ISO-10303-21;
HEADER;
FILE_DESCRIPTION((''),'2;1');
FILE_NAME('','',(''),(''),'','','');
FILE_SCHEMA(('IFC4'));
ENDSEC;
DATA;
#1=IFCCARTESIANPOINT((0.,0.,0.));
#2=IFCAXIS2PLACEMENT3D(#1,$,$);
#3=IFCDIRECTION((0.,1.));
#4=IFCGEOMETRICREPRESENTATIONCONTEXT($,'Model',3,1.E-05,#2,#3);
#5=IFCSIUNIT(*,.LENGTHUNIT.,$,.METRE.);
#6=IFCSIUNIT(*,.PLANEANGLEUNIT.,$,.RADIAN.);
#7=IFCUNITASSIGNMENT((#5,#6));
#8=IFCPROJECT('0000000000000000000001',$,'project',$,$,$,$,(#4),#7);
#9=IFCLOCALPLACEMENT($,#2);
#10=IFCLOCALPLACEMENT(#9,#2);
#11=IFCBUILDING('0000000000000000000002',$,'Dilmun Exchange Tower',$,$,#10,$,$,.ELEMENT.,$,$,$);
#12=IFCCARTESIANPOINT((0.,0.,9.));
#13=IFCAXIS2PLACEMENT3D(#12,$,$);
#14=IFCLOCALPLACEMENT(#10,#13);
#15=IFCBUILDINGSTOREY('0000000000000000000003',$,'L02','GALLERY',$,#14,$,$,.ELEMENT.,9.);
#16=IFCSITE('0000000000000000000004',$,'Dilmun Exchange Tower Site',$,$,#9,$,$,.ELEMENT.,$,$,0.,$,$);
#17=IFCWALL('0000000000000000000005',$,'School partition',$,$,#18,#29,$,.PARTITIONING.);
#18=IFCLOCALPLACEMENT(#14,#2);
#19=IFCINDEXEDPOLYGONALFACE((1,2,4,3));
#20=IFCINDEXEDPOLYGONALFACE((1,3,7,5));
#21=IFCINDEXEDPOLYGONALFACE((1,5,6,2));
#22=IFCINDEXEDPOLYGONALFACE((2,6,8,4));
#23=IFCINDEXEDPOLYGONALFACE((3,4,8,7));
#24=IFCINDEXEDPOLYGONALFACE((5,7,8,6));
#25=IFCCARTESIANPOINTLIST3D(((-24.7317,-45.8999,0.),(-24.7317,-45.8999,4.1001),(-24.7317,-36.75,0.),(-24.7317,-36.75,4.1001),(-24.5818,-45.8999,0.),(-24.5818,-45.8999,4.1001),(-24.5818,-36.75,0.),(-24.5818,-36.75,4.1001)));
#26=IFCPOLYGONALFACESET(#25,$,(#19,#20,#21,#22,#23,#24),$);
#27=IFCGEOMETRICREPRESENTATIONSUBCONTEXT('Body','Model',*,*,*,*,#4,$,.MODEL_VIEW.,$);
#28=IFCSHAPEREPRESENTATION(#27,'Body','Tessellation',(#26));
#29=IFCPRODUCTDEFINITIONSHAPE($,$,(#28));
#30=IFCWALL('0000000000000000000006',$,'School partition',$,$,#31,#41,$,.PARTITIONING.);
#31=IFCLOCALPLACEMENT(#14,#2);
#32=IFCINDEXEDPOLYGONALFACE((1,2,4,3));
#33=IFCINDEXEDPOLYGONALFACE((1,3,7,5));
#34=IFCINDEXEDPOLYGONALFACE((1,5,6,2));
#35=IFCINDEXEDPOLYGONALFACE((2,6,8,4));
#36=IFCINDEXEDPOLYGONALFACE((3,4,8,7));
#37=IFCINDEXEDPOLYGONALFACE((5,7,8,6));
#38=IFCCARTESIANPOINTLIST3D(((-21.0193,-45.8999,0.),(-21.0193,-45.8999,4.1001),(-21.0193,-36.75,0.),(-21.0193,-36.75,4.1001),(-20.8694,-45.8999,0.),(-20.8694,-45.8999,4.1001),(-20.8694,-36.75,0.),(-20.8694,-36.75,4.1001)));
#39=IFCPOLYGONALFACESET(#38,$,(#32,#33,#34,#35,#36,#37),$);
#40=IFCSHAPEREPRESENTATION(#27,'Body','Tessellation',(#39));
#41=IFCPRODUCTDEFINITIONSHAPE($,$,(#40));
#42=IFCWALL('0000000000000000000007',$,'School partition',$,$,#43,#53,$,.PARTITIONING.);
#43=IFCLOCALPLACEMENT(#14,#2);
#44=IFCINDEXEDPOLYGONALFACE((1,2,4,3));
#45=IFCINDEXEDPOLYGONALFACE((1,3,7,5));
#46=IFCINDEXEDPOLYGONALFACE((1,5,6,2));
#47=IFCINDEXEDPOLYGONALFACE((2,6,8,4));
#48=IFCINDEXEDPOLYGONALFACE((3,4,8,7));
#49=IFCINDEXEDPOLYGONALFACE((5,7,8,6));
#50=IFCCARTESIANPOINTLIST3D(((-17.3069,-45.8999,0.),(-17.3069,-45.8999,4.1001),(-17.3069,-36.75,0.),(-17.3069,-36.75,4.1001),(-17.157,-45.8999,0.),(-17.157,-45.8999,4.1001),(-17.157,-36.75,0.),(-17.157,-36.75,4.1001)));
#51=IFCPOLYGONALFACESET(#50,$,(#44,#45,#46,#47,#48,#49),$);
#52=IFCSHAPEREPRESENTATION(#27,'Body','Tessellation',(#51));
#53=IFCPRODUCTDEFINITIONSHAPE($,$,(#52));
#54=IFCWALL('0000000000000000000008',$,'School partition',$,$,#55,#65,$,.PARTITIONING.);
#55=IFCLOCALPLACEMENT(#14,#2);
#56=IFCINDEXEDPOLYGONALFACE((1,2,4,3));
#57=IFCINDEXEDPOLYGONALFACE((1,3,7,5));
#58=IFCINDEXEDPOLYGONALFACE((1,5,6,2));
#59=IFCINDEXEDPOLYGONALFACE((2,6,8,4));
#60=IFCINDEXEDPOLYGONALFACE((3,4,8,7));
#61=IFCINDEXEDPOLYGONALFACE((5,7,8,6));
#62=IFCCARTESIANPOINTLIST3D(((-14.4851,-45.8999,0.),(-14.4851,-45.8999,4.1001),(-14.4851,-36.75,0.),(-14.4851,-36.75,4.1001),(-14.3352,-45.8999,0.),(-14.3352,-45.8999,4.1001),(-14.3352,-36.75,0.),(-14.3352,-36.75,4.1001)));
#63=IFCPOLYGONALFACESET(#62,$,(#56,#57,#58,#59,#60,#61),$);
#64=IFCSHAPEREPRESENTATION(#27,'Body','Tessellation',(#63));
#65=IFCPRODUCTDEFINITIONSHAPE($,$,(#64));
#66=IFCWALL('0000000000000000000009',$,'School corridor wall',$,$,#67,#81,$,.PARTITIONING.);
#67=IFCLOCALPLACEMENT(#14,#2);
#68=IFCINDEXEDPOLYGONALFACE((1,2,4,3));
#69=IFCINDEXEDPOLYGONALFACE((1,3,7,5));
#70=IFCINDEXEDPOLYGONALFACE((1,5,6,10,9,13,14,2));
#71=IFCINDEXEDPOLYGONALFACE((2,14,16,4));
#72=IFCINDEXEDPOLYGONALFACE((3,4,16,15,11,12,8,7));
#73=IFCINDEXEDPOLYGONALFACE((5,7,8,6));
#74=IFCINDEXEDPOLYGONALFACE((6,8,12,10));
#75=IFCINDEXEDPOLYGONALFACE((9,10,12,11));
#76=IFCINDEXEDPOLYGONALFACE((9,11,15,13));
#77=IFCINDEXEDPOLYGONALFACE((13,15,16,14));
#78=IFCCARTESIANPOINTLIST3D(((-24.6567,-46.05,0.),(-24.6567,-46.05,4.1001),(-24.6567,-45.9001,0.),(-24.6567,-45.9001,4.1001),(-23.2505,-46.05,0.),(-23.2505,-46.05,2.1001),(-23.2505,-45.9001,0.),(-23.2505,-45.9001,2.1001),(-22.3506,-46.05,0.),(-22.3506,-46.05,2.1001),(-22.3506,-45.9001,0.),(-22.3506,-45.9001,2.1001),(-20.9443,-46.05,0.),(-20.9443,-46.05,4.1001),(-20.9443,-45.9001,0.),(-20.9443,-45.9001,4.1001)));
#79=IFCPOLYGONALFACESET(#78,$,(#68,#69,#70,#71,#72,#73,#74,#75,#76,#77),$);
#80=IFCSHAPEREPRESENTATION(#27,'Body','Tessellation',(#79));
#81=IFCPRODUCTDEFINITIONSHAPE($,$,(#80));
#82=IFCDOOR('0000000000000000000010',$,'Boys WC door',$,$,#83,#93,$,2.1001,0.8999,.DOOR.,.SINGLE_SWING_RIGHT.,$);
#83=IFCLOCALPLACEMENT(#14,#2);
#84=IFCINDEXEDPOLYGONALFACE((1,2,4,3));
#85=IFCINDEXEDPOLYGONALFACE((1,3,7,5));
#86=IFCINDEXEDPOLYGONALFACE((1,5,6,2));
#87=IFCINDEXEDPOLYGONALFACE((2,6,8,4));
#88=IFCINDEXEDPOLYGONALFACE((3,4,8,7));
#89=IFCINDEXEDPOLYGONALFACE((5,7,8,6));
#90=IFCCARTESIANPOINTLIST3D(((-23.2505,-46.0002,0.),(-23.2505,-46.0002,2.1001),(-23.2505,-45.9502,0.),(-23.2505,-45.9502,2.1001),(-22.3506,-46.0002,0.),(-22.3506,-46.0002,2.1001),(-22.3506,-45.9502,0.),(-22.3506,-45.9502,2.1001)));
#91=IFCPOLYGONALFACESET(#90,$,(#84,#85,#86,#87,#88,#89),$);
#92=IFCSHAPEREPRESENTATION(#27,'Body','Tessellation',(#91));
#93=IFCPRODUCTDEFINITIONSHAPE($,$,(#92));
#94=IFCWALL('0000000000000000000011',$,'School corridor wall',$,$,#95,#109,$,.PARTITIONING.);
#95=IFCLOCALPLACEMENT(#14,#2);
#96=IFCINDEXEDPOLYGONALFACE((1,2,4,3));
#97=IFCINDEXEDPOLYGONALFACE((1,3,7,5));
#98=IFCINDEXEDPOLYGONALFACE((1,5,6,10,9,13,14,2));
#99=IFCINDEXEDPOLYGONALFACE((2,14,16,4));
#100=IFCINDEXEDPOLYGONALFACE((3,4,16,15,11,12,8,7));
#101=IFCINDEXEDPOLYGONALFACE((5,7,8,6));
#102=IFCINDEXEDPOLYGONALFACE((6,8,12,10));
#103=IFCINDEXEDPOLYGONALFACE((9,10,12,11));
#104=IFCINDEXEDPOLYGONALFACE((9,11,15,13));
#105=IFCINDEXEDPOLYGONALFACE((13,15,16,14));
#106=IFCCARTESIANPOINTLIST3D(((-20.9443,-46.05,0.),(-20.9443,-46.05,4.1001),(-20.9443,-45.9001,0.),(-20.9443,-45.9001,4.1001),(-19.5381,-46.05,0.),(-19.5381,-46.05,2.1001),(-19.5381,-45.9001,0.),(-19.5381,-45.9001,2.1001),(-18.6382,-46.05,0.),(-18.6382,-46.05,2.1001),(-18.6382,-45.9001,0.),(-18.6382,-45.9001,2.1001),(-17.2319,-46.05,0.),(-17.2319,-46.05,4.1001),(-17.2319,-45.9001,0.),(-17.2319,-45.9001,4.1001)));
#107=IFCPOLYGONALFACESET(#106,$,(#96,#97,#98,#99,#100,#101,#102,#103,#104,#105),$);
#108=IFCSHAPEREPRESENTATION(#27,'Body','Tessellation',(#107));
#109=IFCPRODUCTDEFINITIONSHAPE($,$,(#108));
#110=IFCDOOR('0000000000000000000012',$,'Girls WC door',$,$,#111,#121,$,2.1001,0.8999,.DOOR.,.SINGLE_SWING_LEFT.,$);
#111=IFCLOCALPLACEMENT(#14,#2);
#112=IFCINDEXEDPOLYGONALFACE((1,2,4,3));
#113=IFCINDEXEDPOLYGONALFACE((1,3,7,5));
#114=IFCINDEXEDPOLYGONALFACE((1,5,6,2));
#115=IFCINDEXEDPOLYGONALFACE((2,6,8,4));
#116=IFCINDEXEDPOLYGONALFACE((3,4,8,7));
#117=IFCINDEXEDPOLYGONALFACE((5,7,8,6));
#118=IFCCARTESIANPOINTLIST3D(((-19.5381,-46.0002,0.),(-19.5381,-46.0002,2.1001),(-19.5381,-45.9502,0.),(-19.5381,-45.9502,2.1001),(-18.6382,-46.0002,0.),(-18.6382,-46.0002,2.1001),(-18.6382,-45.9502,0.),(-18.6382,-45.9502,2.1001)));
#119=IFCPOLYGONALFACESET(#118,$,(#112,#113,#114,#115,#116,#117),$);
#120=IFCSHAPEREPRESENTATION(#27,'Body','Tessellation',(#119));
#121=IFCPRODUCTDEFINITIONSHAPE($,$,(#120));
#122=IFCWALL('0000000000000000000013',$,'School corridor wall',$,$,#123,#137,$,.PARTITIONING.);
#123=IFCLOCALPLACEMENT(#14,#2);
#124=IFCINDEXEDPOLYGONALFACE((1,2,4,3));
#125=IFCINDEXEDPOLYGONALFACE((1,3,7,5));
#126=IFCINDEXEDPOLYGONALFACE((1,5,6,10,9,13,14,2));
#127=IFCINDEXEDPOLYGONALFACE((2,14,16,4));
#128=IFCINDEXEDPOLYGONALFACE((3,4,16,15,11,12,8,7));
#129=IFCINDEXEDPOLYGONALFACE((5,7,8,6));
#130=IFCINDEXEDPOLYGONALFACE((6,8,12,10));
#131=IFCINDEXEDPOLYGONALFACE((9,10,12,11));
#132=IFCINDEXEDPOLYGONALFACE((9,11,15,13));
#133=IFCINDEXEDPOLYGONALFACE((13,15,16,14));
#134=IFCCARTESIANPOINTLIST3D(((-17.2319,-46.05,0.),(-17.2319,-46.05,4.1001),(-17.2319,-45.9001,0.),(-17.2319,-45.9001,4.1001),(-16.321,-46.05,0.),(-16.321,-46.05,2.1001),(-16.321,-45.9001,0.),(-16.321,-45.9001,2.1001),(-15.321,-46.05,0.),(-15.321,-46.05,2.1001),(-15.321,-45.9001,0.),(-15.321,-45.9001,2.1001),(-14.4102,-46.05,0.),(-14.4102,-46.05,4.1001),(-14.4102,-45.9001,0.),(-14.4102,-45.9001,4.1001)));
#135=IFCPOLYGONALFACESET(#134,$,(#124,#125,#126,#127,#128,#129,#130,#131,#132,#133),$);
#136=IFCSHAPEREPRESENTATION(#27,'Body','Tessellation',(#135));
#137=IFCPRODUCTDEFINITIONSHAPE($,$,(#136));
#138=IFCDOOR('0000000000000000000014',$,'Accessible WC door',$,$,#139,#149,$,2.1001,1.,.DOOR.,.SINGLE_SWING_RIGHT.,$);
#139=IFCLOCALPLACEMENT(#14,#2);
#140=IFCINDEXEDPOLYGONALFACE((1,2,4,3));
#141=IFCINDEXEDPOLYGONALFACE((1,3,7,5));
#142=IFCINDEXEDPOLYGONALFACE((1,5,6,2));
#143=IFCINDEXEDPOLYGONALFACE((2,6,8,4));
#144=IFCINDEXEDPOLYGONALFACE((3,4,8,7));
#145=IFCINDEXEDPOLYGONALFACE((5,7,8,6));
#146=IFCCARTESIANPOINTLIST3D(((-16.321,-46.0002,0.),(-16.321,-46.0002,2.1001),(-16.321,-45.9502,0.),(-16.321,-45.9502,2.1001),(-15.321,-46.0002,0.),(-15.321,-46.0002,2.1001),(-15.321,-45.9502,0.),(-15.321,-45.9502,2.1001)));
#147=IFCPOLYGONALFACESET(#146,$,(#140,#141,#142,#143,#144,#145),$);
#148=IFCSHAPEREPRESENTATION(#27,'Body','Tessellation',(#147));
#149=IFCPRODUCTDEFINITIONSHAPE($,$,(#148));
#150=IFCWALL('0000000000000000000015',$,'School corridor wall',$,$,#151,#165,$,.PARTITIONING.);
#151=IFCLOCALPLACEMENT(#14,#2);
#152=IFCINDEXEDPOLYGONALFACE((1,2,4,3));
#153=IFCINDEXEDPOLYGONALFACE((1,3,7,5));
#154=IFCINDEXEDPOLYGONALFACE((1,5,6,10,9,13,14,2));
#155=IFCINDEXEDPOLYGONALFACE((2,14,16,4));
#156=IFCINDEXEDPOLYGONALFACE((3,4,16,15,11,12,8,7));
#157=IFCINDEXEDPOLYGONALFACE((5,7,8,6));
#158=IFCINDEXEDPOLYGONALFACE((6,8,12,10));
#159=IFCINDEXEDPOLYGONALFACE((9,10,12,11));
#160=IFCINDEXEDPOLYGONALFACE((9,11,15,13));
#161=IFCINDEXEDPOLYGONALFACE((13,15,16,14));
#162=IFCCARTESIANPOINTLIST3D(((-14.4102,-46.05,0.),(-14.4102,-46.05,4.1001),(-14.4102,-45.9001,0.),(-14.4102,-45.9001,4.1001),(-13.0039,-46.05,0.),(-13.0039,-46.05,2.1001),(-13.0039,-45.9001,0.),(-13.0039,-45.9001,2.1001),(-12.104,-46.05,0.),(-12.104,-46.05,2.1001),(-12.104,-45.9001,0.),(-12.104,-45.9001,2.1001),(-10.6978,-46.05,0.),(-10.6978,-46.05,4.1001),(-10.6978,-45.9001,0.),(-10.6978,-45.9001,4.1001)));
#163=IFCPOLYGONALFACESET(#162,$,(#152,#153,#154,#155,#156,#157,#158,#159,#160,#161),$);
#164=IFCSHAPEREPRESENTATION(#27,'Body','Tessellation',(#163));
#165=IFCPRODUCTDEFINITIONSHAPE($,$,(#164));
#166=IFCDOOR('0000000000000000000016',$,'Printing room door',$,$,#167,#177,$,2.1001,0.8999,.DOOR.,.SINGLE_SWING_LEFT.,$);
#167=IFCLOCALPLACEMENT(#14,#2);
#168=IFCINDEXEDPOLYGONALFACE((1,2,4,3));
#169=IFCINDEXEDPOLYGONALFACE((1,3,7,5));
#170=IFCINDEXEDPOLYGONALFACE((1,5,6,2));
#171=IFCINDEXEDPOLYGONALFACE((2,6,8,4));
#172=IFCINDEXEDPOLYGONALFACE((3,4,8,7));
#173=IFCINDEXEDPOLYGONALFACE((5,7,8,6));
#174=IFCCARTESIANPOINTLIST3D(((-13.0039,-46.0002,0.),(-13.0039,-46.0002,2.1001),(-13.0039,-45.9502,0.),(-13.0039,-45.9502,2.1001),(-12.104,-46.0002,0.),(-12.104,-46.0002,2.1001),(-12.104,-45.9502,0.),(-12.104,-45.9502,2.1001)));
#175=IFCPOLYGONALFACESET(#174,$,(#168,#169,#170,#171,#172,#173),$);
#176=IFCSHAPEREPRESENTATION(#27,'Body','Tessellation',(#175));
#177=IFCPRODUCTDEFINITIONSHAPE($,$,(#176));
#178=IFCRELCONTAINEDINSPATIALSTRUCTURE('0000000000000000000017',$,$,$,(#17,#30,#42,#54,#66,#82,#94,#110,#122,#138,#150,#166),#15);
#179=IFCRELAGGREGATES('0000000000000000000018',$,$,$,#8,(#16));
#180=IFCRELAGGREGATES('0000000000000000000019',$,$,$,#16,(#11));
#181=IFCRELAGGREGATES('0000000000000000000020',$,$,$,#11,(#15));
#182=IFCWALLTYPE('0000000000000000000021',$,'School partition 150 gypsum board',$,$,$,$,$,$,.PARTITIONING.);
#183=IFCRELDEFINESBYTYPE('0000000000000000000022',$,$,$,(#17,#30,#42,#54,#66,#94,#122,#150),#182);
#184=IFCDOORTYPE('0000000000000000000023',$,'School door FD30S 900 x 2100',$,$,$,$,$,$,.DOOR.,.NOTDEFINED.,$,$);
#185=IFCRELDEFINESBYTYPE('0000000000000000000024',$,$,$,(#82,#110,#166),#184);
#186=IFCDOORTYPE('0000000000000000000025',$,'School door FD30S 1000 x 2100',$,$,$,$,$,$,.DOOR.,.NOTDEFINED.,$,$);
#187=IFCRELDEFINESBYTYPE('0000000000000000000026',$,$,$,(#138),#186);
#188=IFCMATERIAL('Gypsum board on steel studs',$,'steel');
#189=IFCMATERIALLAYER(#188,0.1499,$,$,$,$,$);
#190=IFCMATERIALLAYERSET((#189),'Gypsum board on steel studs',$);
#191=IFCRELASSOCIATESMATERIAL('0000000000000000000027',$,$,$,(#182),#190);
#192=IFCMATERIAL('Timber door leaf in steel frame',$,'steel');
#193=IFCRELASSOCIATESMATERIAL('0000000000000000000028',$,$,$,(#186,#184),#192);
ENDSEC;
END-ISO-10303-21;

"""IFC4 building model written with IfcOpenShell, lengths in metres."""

from ifc_helpers import new_model, si_unit, direction, frame, frame_2d, origin, place, context, subcontext, project, spatial, rectangle, extrude, material, layer, layer_set, type_object, element, fill, save


model = new_model("IFC4")

# Units and contexts
model_context = context("Model", 3, precision=1e-05, world=origin(), true_north=direction((0.0, 1.0)))
body_context = subcontext(model_context, "Body", "Model", "MODEL_VIEW")
ifc_project = project(units=[si_unit("LENGTHUNIT", "METRE"), si_unit("PLANEANGLEUNIT", "RADIAN")], contexts=[model_context])

# Site, building, storey
site_placement = place(None, origin())
site = spatial("IfcSite", under=ifc_project, at=site_placement, Name="Dilmun Exchange Tower Site", CompositionType="ELEMENT", RefElevation=0.0)
building_placement = place(site_placement, origin())
building = spatial("IfcBuilding", under=site, at=building_placement, Name="Dilmun Exchange Tower", CompositionType="ELEMENT")
storey_placement = place(building_placement, frame((0.0, 0.0, 9.0)))
storey = spatial("IfcBuildingStorey", under=building, at=storey_placement, Name="L02", Description="GALLERY", CompositionType="ELEMENT", Elevation=9.0)

# Shared definitions
ifc_material_1 = material(Name="Gypsum board on steel studs", Category="steel")
ifc_layer_1 = layer(ifc_material_1, 0.1499)
ifc_layer_set_1 = layer_set([ifc_layer_1], Name="Gypsum board on steel studs")
wall_type_1 = type_object("IfcWallType", Name="School partition 150 gypsum board", PredefinedType="PARTITIONING", material=ifc_layer_set_1)

# Shared definitions
ifc_material_2 = material(Name="Timber door leaf in steel frame", Category="steel")
door_type_1 = type_object("IfcDoorType", Name="School door FD30S 1000 x 2100", OperationType="NOTDEFINED", PredefinedType="DOOR", material=ifc_material_2)

# Walls
for number, where, z_axis, x_axis, name in (
    (1, (-24.6567, -45.8999, 0.0), (0.0, 0.0, 1.0), (0.0, 1.0, 0.0), "School partition"),
    (2, (-20.9443, -45.8999, 0.0), (0.0, 0.0, 1.0), (0.0, 1.0, 0.0), "School partition"),
    (3, (-17.2319, -45.8999, 0.0), (0.0, 0.0, 1.0), (0.0, 1.0, 0.0), "School partition"),
    (4, (-14.4102, -45.8999, 0.0), (0.0, 0.0, 1.0), (0.0, 1.0, 0.0), "School partition"),
):
    element("IfcWall", number, at=place(storey_placement, frame(where, z_axis=z_axis, x_axis=x_axis)), inside=storey, type_object=wall_type_1, Name=name, PredefinedType="PARTITIONING", context=body_context, shape_type="SweptSolid", body=[
        extrude(rectangle(XDim=9.1499, YDim=0.1499, at=frame_2d((4.575, 0.0))), origin(), (0.0, 0.0, 1.0), 4.1001),
    ])

# Walls, openings, doors
wall_1_placement = place(storey_placement, frame((-24.6567, -45.9751, 0.0), z_axis=(0.0, 0.0, 1.0), x_axis=(1.0, 0.0, 0.0)))
wall_1 = element("IfcWall", 5, at=wall_1_placement, inside=storey, type_object=wall_type_1, Name="School corridor wall", PredefinedType="PARTITIONING", context=body_context, shape_type="SweptSolid", body=[
    extrude(rectangle(XDim=3.7124, YDim=0.1499, at=frame_2d((1.8562, 0.0))), origin(), (0.0, 0.0, 1.0), 4.1001),
])
opening_1_placement = place(wall_1_placement, frame((1.4062, 0.0, 0.0)))
opening_1 = element("IfcOpeningElement", 6, at=opening_1_placement, cuts=wall_1, PredefinedType="OPENING", context=body_context, shape_type="SweptSolid", body=[
    extrude(rectangle(XDim=0.8999, YDim=2.1001, at=frame_2d((0.45, 1.05))), frame((0.0, 0.085, 0.0), z_axis=(0.0, -1.0, 0.0), x_axis=(1.0, 0.0, 0.0)), (0.0, 0.0, 1.0), 0.1699),
])
door_type_2 = type_object("IfcDoorType", Name="School door FD30S 900 x 2100", OperationType="NOTDEFINED", PredefinedType="DOOR", material=ifc_material_2)
door_1_placement = place(opening_1_placement, origin())
door_1 = element("IfcDoor", 7, at=door_1_placement, inside=storey, type_object=door_type_2, Name="Boys WC door", OperationType="SINGLE_SWING_RIGHT", OverallHeight=2.1001, OverallWidth=0.8999, PredefinedType="DOOR", context=body_context, shape_type="SweptSolid", body=[
    extrude(rectangle(XDim=0.8999, YDim=2.1001, at=frame_2d((0.45, 1.05))), frame((0.0, 0.0249, 0.0), z_axis=(0.0, -1.0, 0.0), x_axis=(1.0, 0.0, 0.0)), (0.0, 0.0, 1.0), 0.05),
])
fill(opening_1, door_1)
wall_2_placement = place(storey_placement, frame((-20.9443, -45.9751, 0.0), z_axis=(0.0, 0.0, 1.0), x_axis=(1.0, 0.0, 0.0)))
wall_2 = element("IfcWall", 8, at=wall_2_placement, inside=storey, type_object=wall_type_1, Name="School corridor wall", PredefinedType="PARTITIONING", context=body_context, shape_type="SweptSolid", body=[
    extrude(rectangle(XDim=3.7124, YDim=0.1499, at=frame_2d((1.8562, 0.0))), origin(), (0.0, 0.0, 1.0), 4.1001),
])
opening_2_placement = place(wall_2_placement, frame((1.4062, 0.0, 0.0)))
opening_2 = element("IfcOpeningElement", 9, at=opening_2_placement, cuts=wall_2, PredefinedType="OPENING", context=body_context, shape_type="SweptSolid", body=[
    extrude(rectangle(XDim=0.8999, YDim=2.1001, at=frame_2d((0.45, 1.05))), frame((0.0, 0.085, 0.0), z_axis=(0.0, -1.0, 0.0), x_axis=(1.0, 0.0, 0.0)), (0.0, 0.0, 1.0), 0.1699),
])
door_2_placement = place(opening_2_placement, origin())
door_2 = element("IfcDoor", 10, at=door_2_placement, inside=storey, type_object=door_type_2, Name="Girls WC door", OperationType="SINGLE_SWING_LEFT", OverallHeight=2.1001, OverallWidth=0.8999, PredefinedType="DOOR", context=body_context, shape_type="SweptSolid", body=[
    extrude(rectangle(XDim=0.8999, YDim=2.1001, at=frame_2d((0.45, 1.05))), frame((0.0, 0.0249, 0.0), z_axis=(0.0, -1.0, 0.0), x_axis=(1.0, 0.0, 0.0)), (0.0, 0.0, 1.0), 0.05),
])
fill(opening_2, door_2)
wall_3_placement = place(storey_placement, frame((-17.2319, -45.9751, 0.0), z_axis=(0.0, 0.0, 1.0), x_axis=(1.0, 0.0, 0.0)))
wall_3 = element("IfcWall", 11, at=wall_3_placement, inside=storey, type_object=wall_type_1, Name="School corridor wall", PredefinedType="PARTITIONING", context=body_context, shape_type="SweptSolid", body=[
    extrude(rectangle(XDim=2.8218, YDim=0.1499, at=frame_2d((1.4109, 0.0))), origin(), (0.0, 0.0, 1.0), 4.1001),
])
opening_3_placement = place(wall_3_placement, frame((0.9109, 0.0, 0.0)))
opening_3 = element("IfcOpeningElement", 12, at=opening_3_placement, cuts=wall_3, PredefinedType="OPENING", context=body_context, shape_type="SweptSolid", body=[
    extrude(rectangle(XDim=1.0, YDim=2.1001, at=frame_2d((0.5, 1.05))), frame((0.0, 0.085, 0.0), z_axis=(0.0, -1.0, 0.0), x_axis=(1.0, 0.0, 0.0)), (0.0, 0.0, 1.0), 0.1699),
])
door_3_placement = place(opening_3_placement, origin())
door_3 = element("IfcDoor", 13, at=door_3_placement, inside=storey, type_object=door_type_1, Name="Accessible WC door", OperationType="SINGLE_SWING_RIGHT", OverallHeight=2.1001, OverallWidth=1.0, PredefinedType="DOOR", context=body_context, shape_type="SweptSolid", body=[
    extrude(rectangle(XDim=1.0, YDim=2.1001, at=frame_2d((0.5, 1.05))), frame((0.0, 0.0249, 0.0), z_axis=(0.0, -1.0, 0.0), x_axis=(1.0, 0.0, 0.0)), (0.0, 0.0, 1.0), 0.05),
])
fill(opening_3, door_3)
wall_4_placement = place(storey_placement, frame((-14.4102, -45.9751, 0.0), z_axis=(0.0, 0.0, 1.0), x_axis=(1.0, 0.0, 0.0)))
wall_4 = element("IfcWall", 14, at=wall_4_placement, inside=storey, type_object=wall_type_1, Name="School corridor wall", PredefinedType="PARTITIONING", context=body_context, shape_type="SweptSolid", body=[
    extrude(rectangle(XDim=3.7124, YDim=0.1499, at=frame_2d((1.8562, 0.0))), origin(), (0.0, 0.0, 1.0), 4.1001),
])
opening_4_placement = place(wall_4_placement, frame((1.4062, 0.0, 0.0)))
opening_4 = element("IfcOpeningElement", 15, at=opening_4_placement, cuts=wall_4, PredefinedType="OPENING", context=body_context, shape_type="SweptSolid", body=[
    extrude(rectangle(XDim=0.8999, YDim=2.1001, at=frame_2d((0.45, 1.05))), frame((0.0, 0.085, 0.0), z_axis=(0.0, -1.0, 0.0), x_axis=(1.0, 0.0, 0.0)), (0.0, 0.0, 1.0), 0.1699),
])
door_4_placement = place(opening_4_placement, origin())
door_4 = element("IfcDoor", 16, at=door_4_placement, inside=storey, type_object=door_type_2, Name="Printing room door", OperationType="SINGLE_SWING_LEFT", OverallHeight=2.1001, OverallWidth=0.8999, PredefinedType="DOOR", context=body_context, shape_type="SweptSolid", body=[
    extrude(rectangle(XDim=0.8999, YDim=2.1001, at=frame_2d((0.45, 1.05))), frame((0.0, 0.0249, 0.0), z_axis=(0.0, -1.0, 0.0), x_axis=(1.0, 0.0, 0.0)), (0.0, 0.0, 1.0), 0.05),
])
fill(opening_4, door_4)

save(model, "model.ifc")
